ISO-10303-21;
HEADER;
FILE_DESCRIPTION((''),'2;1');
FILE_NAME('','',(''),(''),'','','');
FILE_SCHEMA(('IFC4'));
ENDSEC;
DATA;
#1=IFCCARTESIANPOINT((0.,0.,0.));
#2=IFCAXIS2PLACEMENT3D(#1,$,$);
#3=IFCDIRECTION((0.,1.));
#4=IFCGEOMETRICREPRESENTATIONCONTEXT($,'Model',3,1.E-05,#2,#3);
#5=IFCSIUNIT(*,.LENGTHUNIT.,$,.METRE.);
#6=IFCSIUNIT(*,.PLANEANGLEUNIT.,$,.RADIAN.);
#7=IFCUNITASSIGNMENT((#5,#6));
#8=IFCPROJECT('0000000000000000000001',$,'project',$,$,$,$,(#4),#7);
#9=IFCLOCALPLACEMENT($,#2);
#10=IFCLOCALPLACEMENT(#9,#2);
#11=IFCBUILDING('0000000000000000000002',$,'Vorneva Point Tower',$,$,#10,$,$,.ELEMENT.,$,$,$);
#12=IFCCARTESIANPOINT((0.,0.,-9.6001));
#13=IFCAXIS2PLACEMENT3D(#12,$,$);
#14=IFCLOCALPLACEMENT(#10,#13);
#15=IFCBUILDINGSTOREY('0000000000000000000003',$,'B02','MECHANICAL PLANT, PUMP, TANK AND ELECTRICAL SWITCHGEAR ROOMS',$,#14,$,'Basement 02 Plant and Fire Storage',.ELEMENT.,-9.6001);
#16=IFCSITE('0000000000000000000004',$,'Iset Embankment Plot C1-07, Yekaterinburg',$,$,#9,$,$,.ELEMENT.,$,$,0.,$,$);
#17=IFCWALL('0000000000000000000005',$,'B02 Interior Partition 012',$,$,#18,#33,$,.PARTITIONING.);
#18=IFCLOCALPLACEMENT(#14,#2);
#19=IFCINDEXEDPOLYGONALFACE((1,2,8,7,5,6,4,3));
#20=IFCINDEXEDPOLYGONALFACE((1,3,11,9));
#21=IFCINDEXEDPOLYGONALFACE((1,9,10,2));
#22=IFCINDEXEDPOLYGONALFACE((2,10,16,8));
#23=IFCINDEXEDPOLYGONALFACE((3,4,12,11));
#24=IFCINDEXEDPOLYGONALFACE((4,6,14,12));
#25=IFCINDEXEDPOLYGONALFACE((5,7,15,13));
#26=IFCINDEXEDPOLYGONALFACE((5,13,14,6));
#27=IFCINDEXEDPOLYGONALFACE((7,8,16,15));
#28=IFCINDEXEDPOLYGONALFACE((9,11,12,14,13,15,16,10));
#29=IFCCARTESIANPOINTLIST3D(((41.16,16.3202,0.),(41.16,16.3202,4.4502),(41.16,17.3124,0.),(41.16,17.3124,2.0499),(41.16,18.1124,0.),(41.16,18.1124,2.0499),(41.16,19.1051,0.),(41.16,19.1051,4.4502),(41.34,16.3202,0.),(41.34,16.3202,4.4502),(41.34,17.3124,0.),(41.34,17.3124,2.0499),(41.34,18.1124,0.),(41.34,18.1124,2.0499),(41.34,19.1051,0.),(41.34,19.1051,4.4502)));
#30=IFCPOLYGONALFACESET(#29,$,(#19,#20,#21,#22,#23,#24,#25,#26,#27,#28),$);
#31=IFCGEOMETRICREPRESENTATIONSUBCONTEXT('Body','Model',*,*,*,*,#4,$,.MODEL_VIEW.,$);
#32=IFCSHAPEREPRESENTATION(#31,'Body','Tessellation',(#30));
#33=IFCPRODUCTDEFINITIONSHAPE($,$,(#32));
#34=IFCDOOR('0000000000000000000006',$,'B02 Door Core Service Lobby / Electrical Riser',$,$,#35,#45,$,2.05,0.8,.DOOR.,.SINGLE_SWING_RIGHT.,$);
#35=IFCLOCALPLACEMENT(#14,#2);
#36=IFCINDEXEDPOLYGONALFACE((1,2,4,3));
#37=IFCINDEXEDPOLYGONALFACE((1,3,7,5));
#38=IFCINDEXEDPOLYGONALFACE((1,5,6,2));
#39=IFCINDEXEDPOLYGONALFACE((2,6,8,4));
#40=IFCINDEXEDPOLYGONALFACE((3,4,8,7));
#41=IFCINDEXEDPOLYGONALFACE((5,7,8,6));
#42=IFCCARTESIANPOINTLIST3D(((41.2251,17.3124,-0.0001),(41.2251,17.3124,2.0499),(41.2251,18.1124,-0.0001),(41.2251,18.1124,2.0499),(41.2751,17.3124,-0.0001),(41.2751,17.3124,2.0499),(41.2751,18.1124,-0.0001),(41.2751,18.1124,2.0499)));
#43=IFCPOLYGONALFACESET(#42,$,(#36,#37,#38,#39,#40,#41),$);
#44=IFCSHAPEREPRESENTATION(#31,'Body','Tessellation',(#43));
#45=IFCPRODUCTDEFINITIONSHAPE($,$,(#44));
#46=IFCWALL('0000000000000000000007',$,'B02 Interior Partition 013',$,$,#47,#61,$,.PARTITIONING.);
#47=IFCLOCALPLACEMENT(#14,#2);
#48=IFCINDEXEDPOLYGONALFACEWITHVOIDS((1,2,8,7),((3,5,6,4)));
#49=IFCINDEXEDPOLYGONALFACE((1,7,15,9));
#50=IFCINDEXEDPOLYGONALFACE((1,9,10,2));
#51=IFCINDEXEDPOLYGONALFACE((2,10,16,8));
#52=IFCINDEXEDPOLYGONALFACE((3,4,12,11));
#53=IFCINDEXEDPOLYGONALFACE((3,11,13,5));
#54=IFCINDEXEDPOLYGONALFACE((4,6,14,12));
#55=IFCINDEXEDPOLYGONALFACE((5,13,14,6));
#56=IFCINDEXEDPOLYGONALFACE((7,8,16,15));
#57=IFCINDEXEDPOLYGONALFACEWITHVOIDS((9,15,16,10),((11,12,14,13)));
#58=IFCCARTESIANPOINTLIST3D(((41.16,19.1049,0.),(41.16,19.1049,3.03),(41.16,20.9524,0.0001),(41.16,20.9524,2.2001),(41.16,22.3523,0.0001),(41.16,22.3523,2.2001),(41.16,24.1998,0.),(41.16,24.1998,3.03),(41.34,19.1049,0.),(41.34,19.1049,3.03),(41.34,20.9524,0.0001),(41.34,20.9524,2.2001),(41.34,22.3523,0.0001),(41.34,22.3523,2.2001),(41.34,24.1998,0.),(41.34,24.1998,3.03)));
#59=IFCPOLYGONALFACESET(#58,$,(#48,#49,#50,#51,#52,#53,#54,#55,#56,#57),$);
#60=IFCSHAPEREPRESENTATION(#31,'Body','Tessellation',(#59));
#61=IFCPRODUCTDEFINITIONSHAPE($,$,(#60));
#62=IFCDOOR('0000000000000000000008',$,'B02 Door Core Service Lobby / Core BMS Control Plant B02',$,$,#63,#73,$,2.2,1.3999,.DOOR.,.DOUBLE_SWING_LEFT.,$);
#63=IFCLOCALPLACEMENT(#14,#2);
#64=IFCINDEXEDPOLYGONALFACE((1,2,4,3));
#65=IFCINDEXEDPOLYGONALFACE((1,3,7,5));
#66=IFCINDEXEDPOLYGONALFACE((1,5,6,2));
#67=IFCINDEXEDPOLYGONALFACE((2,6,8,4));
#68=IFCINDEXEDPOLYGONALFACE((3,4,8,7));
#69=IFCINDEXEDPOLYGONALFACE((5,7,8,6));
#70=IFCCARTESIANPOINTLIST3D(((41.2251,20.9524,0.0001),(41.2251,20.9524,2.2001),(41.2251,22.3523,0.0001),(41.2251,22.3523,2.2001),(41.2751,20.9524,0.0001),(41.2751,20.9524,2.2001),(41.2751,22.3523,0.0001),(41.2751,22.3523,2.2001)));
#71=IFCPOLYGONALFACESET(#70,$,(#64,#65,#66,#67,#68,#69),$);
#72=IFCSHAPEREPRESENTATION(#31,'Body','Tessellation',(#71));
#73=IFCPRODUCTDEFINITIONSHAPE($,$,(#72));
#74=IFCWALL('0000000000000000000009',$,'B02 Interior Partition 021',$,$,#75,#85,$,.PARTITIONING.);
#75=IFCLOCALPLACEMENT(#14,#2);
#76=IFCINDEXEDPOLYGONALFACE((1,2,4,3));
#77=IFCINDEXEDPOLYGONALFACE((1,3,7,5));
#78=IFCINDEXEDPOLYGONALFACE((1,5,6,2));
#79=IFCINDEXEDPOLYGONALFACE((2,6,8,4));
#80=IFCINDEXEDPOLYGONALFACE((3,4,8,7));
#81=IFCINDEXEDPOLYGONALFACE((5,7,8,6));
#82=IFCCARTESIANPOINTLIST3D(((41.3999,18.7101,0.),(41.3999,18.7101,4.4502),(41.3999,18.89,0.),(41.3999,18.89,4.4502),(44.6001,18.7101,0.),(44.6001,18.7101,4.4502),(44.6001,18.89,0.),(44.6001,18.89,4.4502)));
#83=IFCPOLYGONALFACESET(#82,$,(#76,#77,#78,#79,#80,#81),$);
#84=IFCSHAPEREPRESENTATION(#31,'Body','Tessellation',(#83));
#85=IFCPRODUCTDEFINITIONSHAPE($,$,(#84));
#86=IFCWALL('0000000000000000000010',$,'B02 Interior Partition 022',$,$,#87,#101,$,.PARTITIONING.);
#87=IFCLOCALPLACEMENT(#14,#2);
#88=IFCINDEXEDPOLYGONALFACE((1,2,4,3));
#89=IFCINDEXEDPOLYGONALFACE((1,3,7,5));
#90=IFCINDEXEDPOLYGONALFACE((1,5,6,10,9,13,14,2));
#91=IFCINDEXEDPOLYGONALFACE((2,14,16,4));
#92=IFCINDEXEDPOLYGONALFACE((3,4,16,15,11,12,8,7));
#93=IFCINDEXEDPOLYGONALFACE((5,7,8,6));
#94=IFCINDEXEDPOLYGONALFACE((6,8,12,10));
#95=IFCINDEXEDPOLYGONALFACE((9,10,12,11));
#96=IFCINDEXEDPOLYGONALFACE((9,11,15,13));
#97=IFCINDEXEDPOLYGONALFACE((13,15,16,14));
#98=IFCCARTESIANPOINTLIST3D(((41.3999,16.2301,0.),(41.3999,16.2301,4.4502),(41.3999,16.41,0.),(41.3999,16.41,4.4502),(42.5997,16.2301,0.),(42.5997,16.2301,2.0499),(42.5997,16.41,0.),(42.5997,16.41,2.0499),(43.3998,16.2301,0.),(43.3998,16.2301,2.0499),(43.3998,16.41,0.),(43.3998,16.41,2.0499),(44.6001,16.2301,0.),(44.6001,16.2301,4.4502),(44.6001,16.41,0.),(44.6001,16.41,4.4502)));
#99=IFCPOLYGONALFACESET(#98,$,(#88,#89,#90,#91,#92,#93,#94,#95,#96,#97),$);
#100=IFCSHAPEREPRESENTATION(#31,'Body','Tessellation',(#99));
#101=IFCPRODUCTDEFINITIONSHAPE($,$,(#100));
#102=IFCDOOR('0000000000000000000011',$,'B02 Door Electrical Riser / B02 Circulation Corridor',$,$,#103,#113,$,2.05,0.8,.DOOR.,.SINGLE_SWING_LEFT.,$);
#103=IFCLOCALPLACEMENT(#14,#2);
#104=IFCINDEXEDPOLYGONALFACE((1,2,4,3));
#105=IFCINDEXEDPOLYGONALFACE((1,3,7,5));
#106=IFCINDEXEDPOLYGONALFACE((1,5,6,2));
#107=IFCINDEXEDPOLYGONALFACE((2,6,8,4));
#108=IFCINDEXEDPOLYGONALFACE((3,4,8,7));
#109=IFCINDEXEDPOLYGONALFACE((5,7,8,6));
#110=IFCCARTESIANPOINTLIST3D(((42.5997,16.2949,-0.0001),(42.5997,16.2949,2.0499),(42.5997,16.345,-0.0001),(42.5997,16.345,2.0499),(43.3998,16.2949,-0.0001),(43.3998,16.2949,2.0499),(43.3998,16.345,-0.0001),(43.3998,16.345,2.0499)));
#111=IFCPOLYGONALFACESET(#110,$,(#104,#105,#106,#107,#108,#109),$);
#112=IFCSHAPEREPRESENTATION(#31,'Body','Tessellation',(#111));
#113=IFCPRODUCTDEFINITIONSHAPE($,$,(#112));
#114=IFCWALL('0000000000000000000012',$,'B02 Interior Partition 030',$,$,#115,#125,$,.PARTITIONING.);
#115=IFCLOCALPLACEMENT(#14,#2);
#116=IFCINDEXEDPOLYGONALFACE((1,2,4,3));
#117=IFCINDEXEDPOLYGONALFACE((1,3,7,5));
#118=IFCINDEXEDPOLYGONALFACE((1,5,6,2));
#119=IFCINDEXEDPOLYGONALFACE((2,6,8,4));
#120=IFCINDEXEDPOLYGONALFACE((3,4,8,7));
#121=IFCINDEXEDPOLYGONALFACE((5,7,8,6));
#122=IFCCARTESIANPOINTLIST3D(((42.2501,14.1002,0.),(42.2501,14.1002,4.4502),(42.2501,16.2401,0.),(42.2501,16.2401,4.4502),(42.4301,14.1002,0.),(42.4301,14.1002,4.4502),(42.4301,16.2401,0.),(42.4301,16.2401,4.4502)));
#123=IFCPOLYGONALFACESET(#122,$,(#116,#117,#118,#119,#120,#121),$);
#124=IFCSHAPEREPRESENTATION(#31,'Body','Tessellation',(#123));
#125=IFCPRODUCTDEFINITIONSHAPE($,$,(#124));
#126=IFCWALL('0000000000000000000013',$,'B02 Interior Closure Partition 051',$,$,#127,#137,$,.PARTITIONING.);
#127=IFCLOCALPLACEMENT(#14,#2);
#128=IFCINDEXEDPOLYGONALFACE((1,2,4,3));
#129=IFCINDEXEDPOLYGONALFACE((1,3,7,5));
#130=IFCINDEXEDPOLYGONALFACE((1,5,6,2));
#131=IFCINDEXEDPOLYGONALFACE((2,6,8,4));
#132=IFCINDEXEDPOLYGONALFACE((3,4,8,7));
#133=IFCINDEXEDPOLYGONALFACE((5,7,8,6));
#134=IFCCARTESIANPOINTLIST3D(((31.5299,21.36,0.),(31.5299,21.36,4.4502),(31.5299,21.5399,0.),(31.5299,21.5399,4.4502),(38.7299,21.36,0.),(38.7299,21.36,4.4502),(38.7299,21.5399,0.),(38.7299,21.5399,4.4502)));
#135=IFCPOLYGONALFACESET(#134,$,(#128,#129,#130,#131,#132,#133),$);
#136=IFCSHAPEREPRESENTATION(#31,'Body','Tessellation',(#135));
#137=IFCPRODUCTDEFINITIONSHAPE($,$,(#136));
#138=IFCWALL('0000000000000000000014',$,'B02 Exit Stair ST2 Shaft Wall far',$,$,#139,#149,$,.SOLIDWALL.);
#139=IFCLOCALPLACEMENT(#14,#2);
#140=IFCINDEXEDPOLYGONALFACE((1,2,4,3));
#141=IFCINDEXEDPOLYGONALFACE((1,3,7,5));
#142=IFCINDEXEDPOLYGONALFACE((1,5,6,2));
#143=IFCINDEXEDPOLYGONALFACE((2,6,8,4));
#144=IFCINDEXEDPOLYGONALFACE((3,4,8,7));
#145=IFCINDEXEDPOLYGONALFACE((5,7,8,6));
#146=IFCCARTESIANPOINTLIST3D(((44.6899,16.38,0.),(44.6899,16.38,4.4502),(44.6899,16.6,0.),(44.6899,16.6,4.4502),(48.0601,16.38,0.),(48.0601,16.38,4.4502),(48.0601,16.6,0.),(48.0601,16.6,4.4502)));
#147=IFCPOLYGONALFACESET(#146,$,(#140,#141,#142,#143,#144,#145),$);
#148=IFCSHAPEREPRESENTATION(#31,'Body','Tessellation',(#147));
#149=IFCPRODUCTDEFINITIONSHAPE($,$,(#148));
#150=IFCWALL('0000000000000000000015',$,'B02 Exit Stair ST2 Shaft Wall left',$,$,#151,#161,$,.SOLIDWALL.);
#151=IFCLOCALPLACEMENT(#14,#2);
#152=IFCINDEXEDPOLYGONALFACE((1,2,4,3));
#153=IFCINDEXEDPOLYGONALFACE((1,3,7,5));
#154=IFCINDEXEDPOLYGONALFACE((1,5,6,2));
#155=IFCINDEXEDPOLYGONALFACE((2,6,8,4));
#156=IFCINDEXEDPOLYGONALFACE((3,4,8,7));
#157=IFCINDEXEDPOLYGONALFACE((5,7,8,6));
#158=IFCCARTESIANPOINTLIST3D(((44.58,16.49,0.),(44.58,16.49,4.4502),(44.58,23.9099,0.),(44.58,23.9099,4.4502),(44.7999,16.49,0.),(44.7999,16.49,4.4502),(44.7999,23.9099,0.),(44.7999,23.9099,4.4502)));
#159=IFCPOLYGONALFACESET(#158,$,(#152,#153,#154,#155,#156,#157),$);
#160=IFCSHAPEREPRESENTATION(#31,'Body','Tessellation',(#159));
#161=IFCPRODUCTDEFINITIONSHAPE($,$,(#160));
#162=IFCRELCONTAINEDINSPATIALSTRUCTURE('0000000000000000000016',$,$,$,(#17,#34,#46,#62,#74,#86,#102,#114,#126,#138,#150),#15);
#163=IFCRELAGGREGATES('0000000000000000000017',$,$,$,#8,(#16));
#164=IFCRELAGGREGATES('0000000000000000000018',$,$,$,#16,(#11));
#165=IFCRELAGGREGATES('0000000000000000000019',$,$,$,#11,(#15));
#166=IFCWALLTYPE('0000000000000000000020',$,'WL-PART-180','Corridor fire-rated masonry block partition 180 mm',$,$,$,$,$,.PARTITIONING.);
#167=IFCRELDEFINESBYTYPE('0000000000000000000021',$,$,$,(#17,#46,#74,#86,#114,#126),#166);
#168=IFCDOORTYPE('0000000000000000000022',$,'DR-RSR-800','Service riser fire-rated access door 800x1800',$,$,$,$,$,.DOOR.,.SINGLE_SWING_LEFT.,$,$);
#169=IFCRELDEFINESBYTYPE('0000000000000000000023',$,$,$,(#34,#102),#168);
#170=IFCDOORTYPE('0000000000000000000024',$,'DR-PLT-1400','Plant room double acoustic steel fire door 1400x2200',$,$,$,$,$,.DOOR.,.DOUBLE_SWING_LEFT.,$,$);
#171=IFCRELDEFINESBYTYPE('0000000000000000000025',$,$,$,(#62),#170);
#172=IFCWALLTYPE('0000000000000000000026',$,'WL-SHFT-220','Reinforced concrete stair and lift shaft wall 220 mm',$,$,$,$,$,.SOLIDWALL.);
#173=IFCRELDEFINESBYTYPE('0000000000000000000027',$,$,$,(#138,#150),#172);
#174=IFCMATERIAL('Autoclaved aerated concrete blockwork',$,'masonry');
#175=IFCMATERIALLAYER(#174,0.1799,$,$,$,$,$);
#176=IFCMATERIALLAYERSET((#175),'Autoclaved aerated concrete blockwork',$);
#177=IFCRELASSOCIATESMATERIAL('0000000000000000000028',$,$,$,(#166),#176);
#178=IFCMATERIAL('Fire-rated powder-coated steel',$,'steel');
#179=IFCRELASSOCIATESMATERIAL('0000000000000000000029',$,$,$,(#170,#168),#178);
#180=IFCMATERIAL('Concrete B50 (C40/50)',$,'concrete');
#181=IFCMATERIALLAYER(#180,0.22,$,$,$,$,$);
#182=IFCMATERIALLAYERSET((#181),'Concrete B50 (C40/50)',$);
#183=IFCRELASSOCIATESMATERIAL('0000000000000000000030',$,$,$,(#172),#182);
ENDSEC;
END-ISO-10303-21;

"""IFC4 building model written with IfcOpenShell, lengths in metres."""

from ifc_helpers import new_model, si_unit, direction, frame, frame_2d, origin, place, context, subcontext, project, spatial, rectangle, extrude, material, layer, layer_set, type_object, element, fill, save


model = new_model("IFC4")

# Units and contexts
model_context = context("Model", 3, precision=1e-05, world=origin(), true_north=direction((0.0, 1.0)))
body_context = subcontext(model_context, "Body", "Model", "MODEL_VIEW")
ifc_project = project(units=[si_unit("LENGTHUNIT", "METRE"), si_unit("PLANEANGLEUNIT", "RADIAN")], contexts=[model_context])

# Site, building, storey
site_placement = place(None, origin())
site = spatial("IfcSite", under=ifc_project, at=site_placement, Name="Iset Embankment Plot C1-07, Yekaterinburg", CompositionType="ELEMENT", RefElevation=0.0)
building_placement = place(site_placement, origin())
building = spatial("IfcBuilding", under=site, at=building_placement, Name="Vorneva Point Tower", CompositionType="ELEMENT")
storey_placement = place(building_placement, frame((0.0, 0.0, -9.6001)))
storey = spatial("IfcBuildingStorey", under=building, at=storey_placement, Name="B02", Description="MECHANICAL PLANT, PUMP, TANK AND ELECTRICAL SWITCHGEAR ROOMS", LongName="Basement 02 Plant and Fire Storage", CompositionType="ELEMENT", Elevation=-9.6001)

# Shared definitions
ifc_material_1 = material(Name="Concrete B50 (C40/50)", Category="concrete")

# Shared definitions
ifc_material_2 = material(Name="Autoclaved aerated concrete blockwork", Category="masonry")
ifc_layer_1 = layer(ifc_material_2, 0.1799)
ifc_layer_set_1 = layer_set([ifc_layer_1], Name="Autoclaved aerated concrete blockwork")
wall_type_1 = type_object("IfcWallType", Name="WL-PART-180", Description="Corridor fire-rated masonry block partition 180 mm", PredefinedType="PARTITIONING", material=ifc_layer_set_1)

# Walls, openings, doors
ifc_material_3 = material(Name="Fire-rated powder-coated steel", Category="steel")
door_type_1 = type_object("IfcDoorType", Name="DR-PLT-1400", Description="Plant room double acoustic steel fire door 1400x2200", OperationType="DOUBLE_SWING_LEFT", PredefinedType="DOOR", material=ifc_material_3)
wall_1_placement = place(storey_placement, frame((41.25, 16.3201, 0.0), z_axis=(0.0, 0.0, 1.0), x_axis=(0.0, 1.0, 0.0)))
wall_1 = element("IfcWall", 1, at=wall_1_placement, inside=storey, type_object=wall_type_1, Name="B02 Interior Partition 012", PredefinedType="PARTITIONING", context=body_context, shape_type="SweptSolid", body=[
    extrude(rectangle(XDim=2.7849, YDim=0.1799, at=frame_2d((1.3926, 0.0))), origin(), (0.0, 0.0, 1.0), 4.4502),
])
opening_1_placement = place(wall_1_placement, frame((0.9924, 0.0, 0.0)))
opening_1 = element("IfcOpeningElement", 2, at=opening_1_placement, cuts=wall_1, PredefinedType="OPENING", context=body_context, shape_type="SweptSolid", body=[
    extrude(rectangle(XDim=0.8, YDim=2.05, at=frame_2d((0.3999, 1.0249))), frame((0.0, 0.105, 0.0), z_axis=(0.0, -1.0, 0.0), x_axis=(1.0, 0.0, 0.0)), (0.0, 0.0, 1.0), 0.2097),
])
door_type_2 = type_object("IfcDoorType", Name="DR-RSR-800", Description="Service riser fire-rated access door 800x1800", OperationType="SINGLE_SWING_LEFT", PredefinedType="DOOR", material=ifc_material_3)
door_1_placement = place(opening_1_placement, origin())
door_1 = element("IfcDoor", 3, at=door_1_placement, inside=storey, type_object=door_type_2, Name="B02 Door Core Service Lobby / Electrical Riser", OperationType="SINGLE_SWING_RIGHT", OverallHeight=2.05, OverallWidth=0.8, PredefinedType="DOOR", context=body_context, shape_type="SweptSolid", body=[
    extrude(rectangle(XDim=0.8, YDim=2.05, at=frame_2d((0.3999, 1.0249))), frame((0.0, 0.0249, 0.0), z_axis=(0.0, -1.0, 0.0), x_axis=(1.0, 0.0, 0.0)), (0.0, 0.0, 1.0), 0.05),
])
fill(opening_1, door_1)
wall_2_placement = place(storey_placement, frame((41.25, 19.105, 0.0), z_axis=(0.0, 0.0, 1.0), x_axis=(0.0, 1.0, 0.0)))
wall_2 = element("IfcWall", 4, at=wall_2_placement, inside=storey, type_object=wall_type_1, Name="B02 Interior Partition 013", PredefinedType="PARTITIONING", context=body_context, shape_type="SweptSolid", body=[
    extrude(rectangle(XDim=5.095, YDim=0.1799, at=frame_2d((2.5474, 0.0))), origin(), (0.0, 0.0, 1.0), 3.03),
])
opening_2_placement = place(wall_2_placement, frame((1.8474, 0.0, 0.0)))
opening_2 = element("IfcOpeningElement", 5, at=opening_2_placement, cuts=wall_2, PredefinedType="OPENING", context=body_context, shape_type="SweptSolid", body=[
    extrude(rectangle(XDim=1.3999, YDim=2.2, at=frame_2d((0.7, 1.1001))), frame((0.0, 0.105, 0.0), z_axis=(0.0, -1.0, 0.0), x_axis=(1.0, 0.0, 0.0)), (0.0, 0.0, 1.0), 0.2097),
])
door_2_placement = place(opening_2_placement, origin())
door_2 = element("IfcDoor", 6, at=door_2_placement, inside=storey, type_object=door_type_1, Name="B02 Door Core Service Lobby / Core BMS Control Plant B02", OperationType="DOUBLE_SWING_LEFT", OverallHeight=2.2, OverallWidth=1.3999, PredefinedType="DOOR", context=body_context, shape_type="SweptSolid", body=[
    extrude(rectangle(XDim=1.3999, YDim=2.2, at=frame_2d((0.7, 1.1001))), frame((0.0, 0.0249, 0.0), z_axis=(0.0, -1.0, 0.0), x_axis=(1.0, 0.0, 0.0)), (0.0, 0.0, 1.0), 0.05),
])
fill(opening_2, door_2)

# Wall
wall_3_placement = place(storey_placement, frame((44.6001, 18.8, 0.0), z_axis=(0.0, 0.0, 1.0), x_axis=(-1.0, 0.0, 0.0)))
element("IfcWall", 7, at=wall_3_placement, inside=storey, type_object=wall_type_1, Name="B02 Interior Partition 021", PredefinedType="PARTITIONING", context=body_context, shape_type="SweptSolid", body=[
    extrude(rectangle(XDim=3.2002, YDim=0.1799, at=frame_2d((1.6001, 0.0))), origin(), (0.0, 0.0, 1.0), 4.4502),
])

# Wall, opening, door
wall_4_placement = place(storey_placement, frame((41.3999, 16.3201, 0.0), z_axis=(0.0, 0.0, 1.0), x_axis=(1.0, 0.0, 0.0)))
wall_4 = element("IfcWall", 8, at=wall_4_placement, inside=storey, type_object=wall_type_1, Name="B02 Interior Partition 022", PredefinedType="PARTITIONING", context=body_context, shape_type="SweptSolid", body=[
    extrude(rectangle(XDim=3.2002, YDim=0.1799, at=frame_2d((1.6001, 0.0))), origin(), (0.0, 0.0, 1.0), 4.4502),
])
opening_3_placement = place(wall_4_placement, frame((1.2, 0.0, 0.0)))
opening_3 = element("IfcOpeningElement", 9, at=opening_3_placement, cuts=wall_4, PredefinedType="OPENING", context=body_context, shape_type="SweptSolid", body=[
    extrude(rectangle(XDim=0.8, YDim=2.05, at=frame_2d((0.3999, 1.0249))), frame((0.0, 0.105, 0.0), z_axis=(0.0, -1.0, 0.0), x_axis=(1.0, 0.0, 0.0)), (0.0, 0.0, 1.0), 0.2097),
])
door_3_placement = place(opening_3_placement, origin())
door_3 = element("IfcDoor", 10, at=door_3_placement, inside=storey, type_object=door_type_2, Name="B02 Door Electrical Riser / B02 Circulation Corridor", OperationType="SINGLE_SWING_LEFT", OverallHeight=2.05, OverallWidth=0.8, PredefinedType="DOOR", context=body_context, shape_type="SweptSolid", body=[
    extrude(rectangle(XDim=0.8, YDim=2.05, at=frame_2d((0.3999, 1.0249))), frame((0.0, 0.0249, 0.0), z_axis=(0.0, -1.0, 0.0), x_axis=(1.0, 0.0, 0.0)), (0.0, 0.0, 1.0), 0.05),
])
fill(opening_3, door_3)

# Walls
wall_5_placement = place(storey_placement, frame((42.3401, 16.24, 0.0), z_axis=(0.0, 0.0, 1.0), x_axis=(0.0, -1.0, 0.0)))
element("IfcWall", 11, at=wall_5_placement, inside=storey, type_object=wall_type_1, Name="B02 Interior Partition 030", PredefinedType="PARTITIONING", context=body_context, shape_type="SweptSolid", body=[
    extrude(rectangle(XDim=2.1399, YDim=0.1799, at=frame_2d((1.0698, 0.0))), origin(), (0.0, 0.0, 1.0), 4.4502),
])
wall_6_placement = place(storey_placement, frame((38.73, 21.45, 0.0), z_axis=(0.0, 0.0, 1.0), x_axis=(-1.0, 0.0, 0.0)))
element("IfcWall", 12, at=wall_6_placement, inside=storey, type_object=wall_type_1, Name="B02 Interior Closure Partition 051", PredefinedType="PARTITIONING", context=body_context, shape_type="SweptSolid", body=[
    extrude(rectangle(XDim=7.2, YDim=0.1799, at=frame_2d((3.6001, 0.0))), origin(), (0.0, 0.0, 1.0), 4.4502),
])

# Shared definitions
ifc_layer_2 = layer(ifc_material_1, 0.22)
ifc_layer_set_2 = layer_set([ifc_layer_2], Name="Concrete B50 (C40/50)")
wall_type_2 = type_object("IfcWallType", Name="WL-SHFT-220", Description="Reinforced concrete stair and lift shaft wall 220 mm", PredefinedType="SOLIDWALL", material=ifc_layer_set_2)

# Walls
wall_7_placement = place(storey_placement, frame((48.0601, 16.49, 0.0), z_axis=(0.0, 0.0, 1.0), x_axis=(-1.0, 0.0, 0.0)))
element("IfcWall", 13, at=wall_7_placement, inside=storey, type_object=wall_type_2, Name="B02 Exit Stair ST2 Shaft Wall far", PredefinedType="SOLIDWALL", context=body_context, shape_type="SweptSolid", body=[
    extrude(rectangle(XDim=3.3701, YDim=0.22, at=frame_2d((1.6851, 0.0))), origin(), (0.0, 0.0, 1.0), 4.4502),
])
wall_8_placement = place(storey_placement, frame((44.6899, 16.49, 0.0), z_axis=(0.0, 0.0, 1.0), x_axis=(0.0, 1.0, 0.0)))
element("IfcWall", 14, at=wall_8_placement, inside=storey, type_object=wall_type_2, Name="B02 Exit Stair ST2 Shaft Wall left", PredefinedType="SOLIDWALL", context=body_context, shape_type="SweptSolid", body=[
    extrude(rectangle(XDim=7.4199, YDim=0.22, at=frame_2d((3.71, 0.0))), origin(), (0.0, 0.0, 1.0), 4.4502),
])

save(model, "model.ifc")
